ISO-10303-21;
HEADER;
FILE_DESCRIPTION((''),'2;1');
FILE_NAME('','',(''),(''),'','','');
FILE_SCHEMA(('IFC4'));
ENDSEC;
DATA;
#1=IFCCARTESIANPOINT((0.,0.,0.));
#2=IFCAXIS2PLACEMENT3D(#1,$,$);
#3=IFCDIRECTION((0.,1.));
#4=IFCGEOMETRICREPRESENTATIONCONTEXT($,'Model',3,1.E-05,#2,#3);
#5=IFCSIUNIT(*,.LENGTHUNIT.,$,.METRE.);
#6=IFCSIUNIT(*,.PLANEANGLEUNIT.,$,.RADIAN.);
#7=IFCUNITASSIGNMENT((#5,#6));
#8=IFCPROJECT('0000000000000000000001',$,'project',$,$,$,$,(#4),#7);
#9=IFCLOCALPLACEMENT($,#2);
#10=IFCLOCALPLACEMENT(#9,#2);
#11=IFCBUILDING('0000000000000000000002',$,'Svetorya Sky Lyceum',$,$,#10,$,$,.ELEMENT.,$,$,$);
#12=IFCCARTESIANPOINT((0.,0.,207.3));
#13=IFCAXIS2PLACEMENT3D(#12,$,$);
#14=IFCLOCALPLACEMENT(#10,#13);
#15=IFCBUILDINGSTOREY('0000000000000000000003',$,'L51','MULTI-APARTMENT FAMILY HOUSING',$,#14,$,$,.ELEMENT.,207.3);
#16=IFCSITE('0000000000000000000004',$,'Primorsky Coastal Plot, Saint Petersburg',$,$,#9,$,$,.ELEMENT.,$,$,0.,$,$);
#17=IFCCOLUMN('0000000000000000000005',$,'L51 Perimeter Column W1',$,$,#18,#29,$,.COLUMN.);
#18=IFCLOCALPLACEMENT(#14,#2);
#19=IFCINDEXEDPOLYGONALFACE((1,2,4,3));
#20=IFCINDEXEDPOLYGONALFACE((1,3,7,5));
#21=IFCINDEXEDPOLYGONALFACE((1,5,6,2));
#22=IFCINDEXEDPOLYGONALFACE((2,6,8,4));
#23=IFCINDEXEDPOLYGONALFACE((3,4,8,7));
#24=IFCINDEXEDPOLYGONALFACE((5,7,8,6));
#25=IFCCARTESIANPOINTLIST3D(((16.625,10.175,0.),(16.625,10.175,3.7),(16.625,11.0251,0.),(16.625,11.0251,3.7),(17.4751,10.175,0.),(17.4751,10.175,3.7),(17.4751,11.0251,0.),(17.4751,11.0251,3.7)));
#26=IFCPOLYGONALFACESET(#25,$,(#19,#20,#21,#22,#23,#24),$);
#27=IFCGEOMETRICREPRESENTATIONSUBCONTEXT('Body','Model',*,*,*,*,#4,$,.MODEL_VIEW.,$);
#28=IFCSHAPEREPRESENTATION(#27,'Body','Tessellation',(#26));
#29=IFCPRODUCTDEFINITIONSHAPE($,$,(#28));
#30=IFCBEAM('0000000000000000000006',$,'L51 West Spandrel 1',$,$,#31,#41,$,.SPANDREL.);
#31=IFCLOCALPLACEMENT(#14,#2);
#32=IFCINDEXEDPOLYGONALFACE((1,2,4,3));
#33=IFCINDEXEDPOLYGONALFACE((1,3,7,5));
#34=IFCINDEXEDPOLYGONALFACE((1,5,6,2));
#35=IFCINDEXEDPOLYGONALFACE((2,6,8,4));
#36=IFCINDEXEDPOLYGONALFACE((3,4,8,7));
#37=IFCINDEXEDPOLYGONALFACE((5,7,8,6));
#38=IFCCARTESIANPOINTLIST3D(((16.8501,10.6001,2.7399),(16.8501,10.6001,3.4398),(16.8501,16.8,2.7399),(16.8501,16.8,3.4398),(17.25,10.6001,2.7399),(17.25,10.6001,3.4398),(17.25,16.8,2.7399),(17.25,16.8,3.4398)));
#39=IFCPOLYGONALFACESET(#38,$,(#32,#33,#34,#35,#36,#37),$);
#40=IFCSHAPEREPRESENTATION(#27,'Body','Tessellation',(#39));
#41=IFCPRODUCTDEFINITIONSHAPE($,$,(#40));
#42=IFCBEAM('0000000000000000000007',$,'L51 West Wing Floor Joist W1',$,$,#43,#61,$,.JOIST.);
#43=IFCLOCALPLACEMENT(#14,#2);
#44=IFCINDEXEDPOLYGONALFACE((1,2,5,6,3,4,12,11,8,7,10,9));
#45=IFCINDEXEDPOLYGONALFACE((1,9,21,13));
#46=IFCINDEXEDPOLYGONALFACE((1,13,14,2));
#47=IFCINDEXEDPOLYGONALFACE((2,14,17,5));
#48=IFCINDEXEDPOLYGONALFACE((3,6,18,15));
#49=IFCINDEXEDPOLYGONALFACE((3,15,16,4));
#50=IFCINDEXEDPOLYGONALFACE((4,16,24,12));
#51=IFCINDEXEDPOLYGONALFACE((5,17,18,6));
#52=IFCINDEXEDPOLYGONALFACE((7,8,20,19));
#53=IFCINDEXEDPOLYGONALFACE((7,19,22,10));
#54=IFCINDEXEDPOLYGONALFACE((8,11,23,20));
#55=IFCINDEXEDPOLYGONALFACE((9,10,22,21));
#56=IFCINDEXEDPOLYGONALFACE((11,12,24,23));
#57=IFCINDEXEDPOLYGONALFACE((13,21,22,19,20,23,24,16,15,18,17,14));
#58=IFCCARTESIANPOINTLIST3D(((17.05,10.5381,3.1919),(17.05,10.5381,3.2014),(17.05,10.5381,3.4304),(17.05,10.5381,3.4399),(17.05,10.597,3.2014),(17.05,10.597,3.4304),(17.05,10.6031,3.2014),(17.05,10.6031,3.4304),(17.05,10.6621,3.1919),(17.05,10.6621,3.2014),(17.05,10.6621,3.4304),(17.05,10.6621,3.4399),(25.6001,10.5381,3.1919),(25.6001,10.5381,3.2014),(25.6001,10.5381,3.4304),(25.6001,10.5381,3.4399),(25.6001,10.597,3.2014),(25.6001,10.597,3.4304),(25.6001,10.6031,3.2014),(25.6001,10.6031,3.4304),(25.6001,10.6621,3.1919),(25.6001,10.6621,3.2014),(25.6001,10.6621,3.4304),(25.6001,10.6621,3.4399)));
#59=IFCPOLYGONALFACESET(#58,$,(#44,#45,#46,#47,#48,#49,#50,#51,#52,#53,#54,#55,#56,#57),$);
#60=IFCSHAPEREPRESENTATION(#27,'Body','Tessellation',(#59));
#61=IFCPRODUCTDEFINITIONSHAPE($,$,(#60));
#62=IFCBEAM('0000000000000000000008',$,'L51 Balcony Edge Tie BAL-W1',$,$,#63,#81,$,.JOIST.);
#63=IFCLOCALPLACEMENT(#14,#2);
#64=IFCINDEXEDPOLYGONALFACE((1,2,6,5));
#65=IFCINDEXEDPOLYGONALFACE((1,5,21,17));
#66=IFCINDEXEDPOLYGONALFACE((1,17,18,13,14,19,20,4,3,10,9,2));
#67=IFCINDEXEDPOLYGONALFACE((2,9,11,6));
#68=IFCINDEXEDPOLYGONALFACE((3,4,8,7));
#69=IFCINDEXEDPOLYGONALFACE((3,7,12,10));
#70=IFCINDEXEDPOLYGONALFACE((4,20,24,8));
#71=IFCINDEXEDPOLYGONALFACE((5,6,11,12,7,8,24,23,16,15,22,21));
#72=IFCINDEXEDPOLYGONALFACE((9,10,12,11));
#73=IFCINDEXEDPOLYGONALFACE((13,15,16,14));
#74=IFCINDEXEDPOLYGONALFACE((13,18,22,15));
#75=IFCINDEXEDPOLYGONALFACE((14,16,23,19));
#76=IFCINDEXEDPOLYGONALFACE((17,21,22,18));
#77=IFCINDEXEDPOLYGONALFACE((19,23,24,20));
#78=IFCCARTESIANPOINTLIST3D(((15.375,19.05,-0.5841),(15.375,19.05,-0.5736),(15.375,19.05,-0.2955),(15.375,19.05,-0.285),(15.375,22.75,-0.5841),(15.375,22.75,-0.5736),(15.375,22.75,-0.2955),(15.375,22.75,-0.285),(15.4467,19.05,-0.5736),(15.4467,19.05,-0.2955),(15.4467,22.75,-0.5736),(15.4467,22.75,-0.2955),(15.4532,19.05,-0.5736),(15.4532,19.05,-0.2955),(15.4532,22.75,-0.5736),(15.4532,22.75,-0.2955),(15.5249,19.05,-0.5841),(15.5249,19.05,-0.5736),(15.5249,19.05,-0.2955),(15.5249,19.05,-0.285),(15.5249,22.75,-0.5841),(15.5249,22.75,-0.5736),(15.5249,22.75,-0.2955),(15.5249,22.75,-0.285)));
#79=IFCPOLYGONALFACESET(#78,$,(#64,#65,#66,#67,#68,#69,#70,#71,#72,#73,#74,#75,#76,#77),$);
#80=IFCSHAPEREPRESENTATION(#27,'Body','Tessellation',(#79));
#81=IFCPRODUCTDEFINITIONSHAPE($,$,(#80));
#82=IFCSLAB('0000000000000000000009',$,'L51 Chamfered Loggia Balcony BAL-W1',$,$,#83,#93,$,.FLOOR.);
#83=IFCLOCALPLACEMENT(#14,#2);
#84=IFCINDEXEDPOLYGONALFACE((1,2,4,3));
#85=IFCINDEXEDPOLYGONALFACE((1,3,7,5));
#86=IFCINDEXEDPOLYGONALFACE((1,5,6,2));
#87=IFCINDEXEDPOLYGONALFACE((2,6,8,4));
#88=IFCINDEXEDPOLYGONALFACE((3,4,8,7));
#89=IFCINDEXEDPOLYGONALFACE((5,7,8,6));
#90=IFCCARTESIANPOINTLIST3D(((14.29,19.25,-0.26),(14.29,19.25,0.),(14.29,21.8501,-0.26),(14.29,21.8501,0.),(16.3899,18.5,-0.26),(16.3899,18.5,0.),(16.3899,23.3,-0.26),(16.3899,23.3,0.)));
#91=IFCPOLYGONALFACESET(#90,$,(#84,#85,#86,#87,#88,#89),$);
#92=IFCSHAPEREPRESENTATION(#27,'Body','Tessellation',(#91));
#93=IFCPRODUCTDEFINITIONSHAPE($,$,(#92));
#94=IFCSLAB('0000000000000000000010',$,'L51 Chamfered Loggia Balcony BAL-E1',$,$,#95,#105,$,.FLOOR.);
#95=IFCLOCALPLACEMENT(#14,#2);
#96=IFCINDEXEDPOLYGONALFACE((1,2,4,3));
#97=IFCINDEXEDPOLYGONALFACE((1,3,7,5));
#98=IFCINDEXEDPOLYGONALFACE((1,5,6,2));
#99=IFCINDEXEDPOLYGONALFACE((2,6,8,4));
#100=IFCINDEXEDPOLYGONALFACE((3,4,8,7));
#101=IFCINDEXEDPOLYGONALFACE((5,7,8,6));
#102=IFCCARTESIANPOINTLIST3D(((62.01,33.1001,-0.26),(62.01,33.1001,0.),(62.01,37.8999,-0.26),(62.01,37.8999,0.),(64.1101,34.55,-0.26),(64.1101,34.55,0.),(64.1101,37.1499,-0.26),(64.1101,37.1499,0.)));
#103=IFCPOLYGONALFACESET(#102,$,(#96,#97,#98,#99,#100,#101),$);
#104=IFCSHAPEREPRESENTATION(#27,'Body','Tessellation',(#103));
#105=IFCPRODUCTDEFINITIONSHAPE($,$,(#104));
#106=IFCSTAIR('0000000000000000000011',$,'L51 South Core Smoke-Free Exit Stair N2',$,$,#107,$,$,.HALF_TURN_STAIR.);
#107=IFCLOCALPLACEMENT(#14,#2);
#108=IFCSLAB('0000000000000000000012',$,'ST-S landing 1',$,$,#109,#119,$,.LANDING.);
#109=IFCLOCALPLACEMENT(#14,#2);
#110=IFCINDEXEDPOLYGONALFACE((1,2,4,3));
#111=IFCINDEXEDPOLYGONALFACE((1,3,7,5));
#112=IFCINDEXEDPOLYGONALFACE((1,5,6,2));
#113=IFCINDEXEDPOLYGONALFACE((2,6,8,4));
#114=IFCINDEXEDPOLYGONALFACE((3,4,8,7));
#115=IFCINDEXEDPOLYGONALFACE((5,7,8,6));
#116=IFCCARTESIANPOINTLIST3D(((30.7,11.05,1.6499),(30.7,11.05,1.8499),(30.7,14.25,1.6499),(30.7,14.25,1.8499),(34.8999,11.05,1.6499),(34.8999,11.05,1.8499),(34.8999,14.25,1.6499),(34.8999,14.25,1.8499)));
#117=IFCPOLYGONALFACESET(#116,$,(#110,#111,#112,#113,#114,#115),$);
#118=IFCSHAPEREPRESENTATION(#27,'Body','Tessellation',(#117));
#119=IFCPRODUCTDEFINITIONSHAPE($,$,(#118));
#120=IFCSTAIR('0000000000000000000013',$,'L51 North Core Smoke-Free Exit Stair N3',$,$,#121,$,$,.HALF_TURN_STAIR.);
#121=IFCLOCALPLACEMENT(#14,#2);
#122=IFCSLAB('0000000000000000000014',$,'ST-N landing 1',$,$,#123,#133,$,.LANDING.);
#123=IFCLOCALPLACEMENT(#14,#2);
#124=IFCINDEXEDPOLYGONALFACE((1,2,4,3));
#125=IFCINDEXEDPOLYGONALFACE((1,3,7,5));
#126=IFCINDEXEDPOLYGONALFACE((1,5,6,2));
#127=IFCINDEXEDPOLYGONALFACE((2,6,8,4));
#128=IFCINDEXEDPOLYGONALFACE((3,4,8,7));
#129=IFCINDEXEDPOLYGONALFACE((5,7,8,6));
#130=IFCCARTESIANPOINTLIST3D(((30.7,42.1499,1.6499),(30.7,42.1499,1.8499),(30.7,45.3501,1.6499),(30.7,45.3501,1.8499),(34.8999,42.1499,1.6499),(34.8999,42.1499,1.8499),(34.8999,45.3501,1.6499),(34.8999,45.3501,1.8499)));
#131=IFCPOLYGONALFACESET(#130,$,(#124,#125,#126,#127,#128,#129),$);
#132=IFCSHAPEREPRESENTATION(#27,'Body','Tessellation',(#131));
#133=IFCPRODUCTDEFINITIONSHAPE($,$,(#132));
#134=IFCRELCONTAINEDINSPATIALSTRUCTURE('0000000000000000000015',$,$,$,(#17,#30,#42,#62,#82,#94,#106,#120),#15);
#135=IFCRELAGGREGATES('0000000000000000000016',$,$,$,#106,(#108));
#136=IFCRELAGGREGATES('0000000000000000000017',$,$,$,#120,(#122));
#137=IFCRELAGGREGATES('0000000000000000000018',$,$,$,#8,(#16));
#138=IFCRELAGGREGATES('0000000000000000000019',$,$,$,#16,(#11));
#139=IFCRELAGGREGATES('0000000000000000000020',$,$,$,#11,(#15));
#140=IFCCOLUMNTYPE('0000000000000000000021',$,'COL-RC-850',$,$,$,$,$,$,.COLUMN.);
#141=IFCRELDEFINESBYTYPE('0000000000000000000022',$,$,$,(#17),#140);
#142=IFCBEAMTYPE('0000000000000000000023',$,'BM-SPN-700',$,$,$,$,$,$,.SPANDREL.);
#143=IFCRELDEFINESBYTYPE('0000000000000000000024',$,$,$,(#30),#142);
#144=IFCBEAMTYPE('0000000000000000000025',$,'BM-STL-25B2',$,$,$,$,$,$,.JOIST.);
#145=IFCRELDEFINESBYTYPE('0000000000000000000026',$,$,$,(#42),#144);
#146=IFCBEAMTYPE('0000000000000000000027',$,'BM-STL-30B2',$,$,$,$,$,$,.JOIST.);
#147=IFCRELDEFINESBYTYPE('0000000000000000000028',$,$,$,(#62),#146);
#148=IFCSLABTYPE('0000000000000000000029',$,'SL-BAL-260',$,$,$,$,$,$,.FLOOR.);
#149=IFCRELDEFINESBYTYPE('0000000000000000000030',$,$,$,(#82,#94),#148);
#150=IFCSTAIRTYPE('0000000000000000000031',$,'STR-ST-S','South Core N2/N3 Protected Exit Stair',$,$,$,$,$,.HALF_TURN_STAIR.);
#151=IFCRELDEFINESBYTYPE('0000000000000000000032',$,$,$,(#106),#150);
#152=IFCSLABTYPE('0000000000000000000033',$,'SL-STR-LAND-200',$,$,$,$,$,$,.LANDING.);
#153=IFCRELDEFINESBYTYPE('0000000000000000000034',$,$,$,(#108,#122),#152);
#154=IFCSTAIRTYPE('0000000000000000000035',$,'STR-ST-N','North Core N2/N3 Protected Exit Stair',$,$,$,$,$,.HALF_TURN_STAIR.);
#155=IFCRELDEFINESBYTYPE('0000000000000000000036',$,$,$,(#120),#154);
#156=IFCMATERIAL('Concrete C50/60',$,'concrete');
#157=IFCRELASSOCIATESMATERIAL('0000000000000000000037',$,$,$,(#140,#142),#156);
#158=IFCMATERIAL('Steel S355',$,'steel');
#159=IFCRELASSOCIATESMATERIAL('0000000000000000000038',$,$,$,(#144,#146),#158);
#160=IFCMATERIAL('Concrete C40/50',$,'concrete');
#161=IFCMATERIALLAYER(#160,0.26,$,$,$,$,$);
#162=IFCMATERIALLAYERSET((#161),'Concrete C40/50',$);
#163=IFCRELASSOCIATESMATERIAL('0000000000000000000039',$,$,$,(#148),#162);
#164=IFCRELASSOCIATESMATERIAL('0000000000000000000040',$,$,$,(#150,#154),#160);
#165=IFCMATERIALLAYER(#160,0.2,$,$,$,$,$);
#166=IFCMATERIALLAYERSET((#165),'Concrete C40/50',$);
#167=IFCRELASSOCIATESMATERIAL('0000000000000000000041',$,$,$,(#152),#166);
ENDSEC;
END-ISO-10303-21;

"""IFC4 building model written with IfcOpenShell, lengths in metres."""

from ifc_helpers import new_model, si_unit, direction, frame, origin, origin_2d, place, context, subcontext, project, spatial, polyline, rectangle, i_section, outline, extrude, material, layer, layer_set, material_profile, profile_set, type_object, element, aggregate, save


model = new_model("IFC4")

# Units and contexts
model_context = context("Model", 3, precision=1e-05, world=origin(), true_north=direction((0.0, 1.0)))
body_context = subcontext(model_context, "Body", "Model", "MODEL_VIEW")
ifc_project = project(units=[si_unit("LENGTHUNIT", "METRE"), si_unit("PLANEANGLEUNIT", "RADIAN")], contexts=[model_context])

# Site, building, storey
site_placement = place(None, origin())
site = spatial("IfcSite", under=ifc_project, at=site_placement, Name="Primorsky Coastal Plot, Saint Petersburg", CompositionType="ELEMENT", RefElevation=0.0)
building_placement = place(site_placement, origin())
building = spatial("IfcBuilding", under=site, at=building_placement, Name="Svetorya Sky Lyceum", CompositionType="ELEMENT")
storey_placement = place(building_placement, frame((0.0, 0.0, 207.3)))
storey = spatial("IfcBuildingStorey", under=building, at=storey_placement, Name="L51", Description="MULTI-APARTMENT FAMILY HOUSING", CompositionType="ELEMENT", Elevation=207.3)

# Column
ifc_material_1 = material(Name="Concrete C50/60", Category="concrete")
ifc_material_profile_1 = material_profile(ifc_material_1, rectangle(XDim=0.8501, YDim=0.8501, at=origin_2d()), Name="RC COL 850x850")
ifc_profile_set_1 = profile_set([ifc_material_profile_1], Name="Concrete C50/60")
column_type = type_object("IfcColumnType", Name="COL-RC-850", PredefinedType="COLUMN", material=ifc_profile_set_1)
column_placement = place(storey_placement, frame((17.05, 10.6001, 0.0), z_axis=(0.0, 0.0, 1.0), x_axis=(1.0, 0.0, 0.0)))
element("IfcColumn", 1, at=column_placement, inside=storey, type_object=column_type, Name="L51 Perimeter Column W1", PredefinedType="COLUMN", context=body_context, shape_type="SweptSolid", body=[
    extrude(rectangle(XDim=0.8501, YDim=0.8501, at=origin_2d()), origin(), (0.0, 0.0, 1.0), 3.7),
])

# Beams
ifc_material_profile_2 = material_profile(ifc_material_1, rectangle(XDim=0.3999, YDim=0.7, at=origin_2d()), Name="RC SPANDREL 400x700")
ifc_profile_set_2 = profile_set([ifc_material_profile_2], Name="Concrete C50/60")
beam_type_1 = type_object("IfcBeamType", Name="BM-SPN-700", PredefinedType="SPANDREL", material=ifc_profile_set_2)
beam_1_placement = place(storey_placement, frame((17.05, 10.6001, 3.0898), z_axis=(0.0, 1.0, 0.0), x_axis=(-1.0, 0.0, 0.0)))
element("IfcBeam", 2, at=beam_1_placement, inside=storey, type_object=beam_type_1, Name="L51 West Spandrel 1", PredefinedType="SPANDREL", context=body_context, shape_type="SweptSolid", body=[
    extrude(rectangle(XDim=0.3999, YDim=0.7, at=origin_2d()), origin(), (0.0, 0.0, 1.0), 6.2),
])
ifc_material_2 = material(Name="Steel S355", Category="steel")
ifc_material_profile_3 = material_profile(ifc_material_2, i_section(OverallWidth=0.124, OverallDepth=0.248, WebThickness=0.0061, FlangeThickness=0.0095, at=origin_2d()), Name="GOST 25B2")
ifc_profile_set_3 = profile_set([ifc_material_profile_3], Name="Steel S355")
beam_type_2 = type_object("IfcBeamType", Name="BM-STL-25B2", PredefinedType="JOIST", material=ifc_profile_set_3)
beam_2_placement = place(storey_placement, frame((17.05, 10.6001, 3.3159), z_axis=(1.0, 0.0, 0.0), x_axis=(0.0, 1.0, 0.0)))
element("IfcBeam", 3, at=beam_2_placement, inside=storey, type_object=beam_type_2, Name="L51 West Wing Floor Joist W1", PredefinedType="JOIST", context=body_context, shape_type="SweptSolid", body=[
    extrude(i_section(OverallWidth=0.124, OverallDepth=0.248, WebThickness=0.0061, FlangeThickness=0.0095, at=origin_2d()), origin(), (0.0, 0.0, 1.0), 8.55),
])
ifc_material_profile_4 = material_profile(ifc_material_2, i_section(OverallWidth=0.1499, OverallDepth=0.2991, WebThickness=0.0066, FlangeThickness=0.0105, at=origin_2d()), Name="GOST 30B2")
ifc_profile_set_4 = profile_set([ifc_material_profile_4], Name="Steel S355")
beam_type_3 = type_object("IfcBeamType", Name="BM-STL-30B2", PredefinedType="JOIST", material=ifc_profile_set_4)
beam_3_placement = place(storey_placement, frame((15.45, 19.05, -0.4346), z_axis=(0.0, 1.0, 0.0), x_axis=(-1.0, 0.0, 0.0)))
element("IfcBeam", 4, at=beam_3_placement, inside=storey, type_object=beam_type_3, Name="L51 Balcony Edge Tie BAL-W1", PredefinedType="JOIST", context=body_context, shape_type="SweptSolid", body=[
    extrude(i_section(OverallWidth=0.1499, OverallDepth=0.2991, WebThickness=0.0066, FlangeThickness=0.0105, at=origin_2d()), origin(), (0.0, 0.0, 1.0), 3.7),
])

# Slabs
ifc_material_3 = material(Name="Concrete C40/50", Category="concrete")
ifc_layer_1 = layer(ifc_material_3, 0.26)
ifc_layer_set_1 = layer_set([ifc_layer_1], Name="Concrete C40/50")
slab_type_1 = type_object("IfcSlabType", Name="SL-BAL-260", PredefinedType="FLOOR", material=ifc_layer_set_1)
slab_1_placement = place(storey_placement, frame((0.0, 0.0, -0.26)))
element("IfcSlab", 5, at=slab_1_placement, inside=storey, type_object=slab_type_1, Name="L51 Chamfered Loggia Balcony BAL-W1", PredefinedType="FLOOR", context=body_context, shape_type="SweptSolid", body=[
    extrude(outline(polyline([(16.3899, 18.5), (16.3899, 23.3), (14.29, 21.8501), (14.29, 19.25), (16.3899, 18.5)])), origin(), (0.0, 0.0, 1.0), 0.26),
])
slab_2_placement = place(storey_placement, frame((0.0, 0.0, -0.26)))
element("IfcSlab", 6, at=slab_2_placement, inside=storey, type_object=slab_type_1, Name="L51 Chamfered Loggia Balcony BAL-E1", PredefinedType="FLOOR", context=body_context, shape_type="SweptSolid", body=[
    extrude(outline(polyline([(62.01, 33.1001), (64.1101, 34.55), (64.1101, 37.1499), (62.01, 37.8999), (62.01, 33.1001)])), origin(), (0.0, 0.0, 1.0), 0.26),
])

# Stairs, slabs
stair_type_1 = type_object("IfcStairType", Name="STR-ST-S", Description="South Core N2/N3 Protected Exit Stair", PredefinedType="HALF_TURN_STAIR", material=ifc_material_3)
stair_1_placement = place(storey_placement, origin())
stair_1 = element("IfcStair", 7, at=stair_1_placement, inside=storey, type_object=stair_type_1, Name="L51 South Core Smoke-Free Exit Stair N2", PredefinedType="HALF_TURN_STAIR")
ifc_layer_2 = layer(ifc_material_3, 0.2)
ifc_layer_set_2 = layer_set([ifc_layer_2], Name="Concrete C40/50")
slab_type_2 = type_object("IfcSlabType", Name="SL-STR-LAND-200", PredefinedType="LANDING", material=ifc_layer_set_2)
slab_3_placement = place(storey_placement, frame((0.0, 0.0, 1.6499)))
slab_3 = element("IfcSlab", 8, at=slab_3_placement, type_object=slab_type_2, Name="ST-S landing 1", PredefinedType="LANDING", context=body_context, shape_type="SweptSolid", body=[
    extrude(outline(polyline([(30.7, 11.05), (34.8999, 11.05), (34.8999, 14.25), (30.7, 14.25), (30.7, 11.05)])), origin(), (0.0, 0.0, 1.0), 0.2),
])
aggregate(stair_1, [slab_3])
stair_type_2 = type_object("IfcStairType", Name="STR-ST-N", Description="North Core N2/N3 Protected Exit Stair", PredefinedType="HALF_TURN_STAIR", material=ifc_material_3)
stair_2_placement = place(storey_placement, origin())
stair_2 = element("IfcStair", 9, at=stair_2_placement, inside=storey, type_object=stair_type_2, Name="L51 North Core Smoke-Free Exit Stair N3", PredefinedType="HALF_TURN_STAIR")
slab_4_placement = place(storey_placement, frame((0.0, 0.0, 1.6499)))
slab_4 = element("IfcSlab", 10, at=slab_4_placement, type_object=slab_type_2, Name="ST-N landing 1", PredefinedType="LANDING", context=body_context, shape_type="SweptSolid", body=[
    extrude(outline(polyline([(30.7, 42.1499), (34.8999, 42.1499), (34.8999, 45.3501), (30.7, 45.3501), (30.7, 42.1499)])), origin(), (0.0, 0.0, 1.0), 0.2),
])
aggregate(stair_2, [slab_4])

save(model, "model.ifc")
